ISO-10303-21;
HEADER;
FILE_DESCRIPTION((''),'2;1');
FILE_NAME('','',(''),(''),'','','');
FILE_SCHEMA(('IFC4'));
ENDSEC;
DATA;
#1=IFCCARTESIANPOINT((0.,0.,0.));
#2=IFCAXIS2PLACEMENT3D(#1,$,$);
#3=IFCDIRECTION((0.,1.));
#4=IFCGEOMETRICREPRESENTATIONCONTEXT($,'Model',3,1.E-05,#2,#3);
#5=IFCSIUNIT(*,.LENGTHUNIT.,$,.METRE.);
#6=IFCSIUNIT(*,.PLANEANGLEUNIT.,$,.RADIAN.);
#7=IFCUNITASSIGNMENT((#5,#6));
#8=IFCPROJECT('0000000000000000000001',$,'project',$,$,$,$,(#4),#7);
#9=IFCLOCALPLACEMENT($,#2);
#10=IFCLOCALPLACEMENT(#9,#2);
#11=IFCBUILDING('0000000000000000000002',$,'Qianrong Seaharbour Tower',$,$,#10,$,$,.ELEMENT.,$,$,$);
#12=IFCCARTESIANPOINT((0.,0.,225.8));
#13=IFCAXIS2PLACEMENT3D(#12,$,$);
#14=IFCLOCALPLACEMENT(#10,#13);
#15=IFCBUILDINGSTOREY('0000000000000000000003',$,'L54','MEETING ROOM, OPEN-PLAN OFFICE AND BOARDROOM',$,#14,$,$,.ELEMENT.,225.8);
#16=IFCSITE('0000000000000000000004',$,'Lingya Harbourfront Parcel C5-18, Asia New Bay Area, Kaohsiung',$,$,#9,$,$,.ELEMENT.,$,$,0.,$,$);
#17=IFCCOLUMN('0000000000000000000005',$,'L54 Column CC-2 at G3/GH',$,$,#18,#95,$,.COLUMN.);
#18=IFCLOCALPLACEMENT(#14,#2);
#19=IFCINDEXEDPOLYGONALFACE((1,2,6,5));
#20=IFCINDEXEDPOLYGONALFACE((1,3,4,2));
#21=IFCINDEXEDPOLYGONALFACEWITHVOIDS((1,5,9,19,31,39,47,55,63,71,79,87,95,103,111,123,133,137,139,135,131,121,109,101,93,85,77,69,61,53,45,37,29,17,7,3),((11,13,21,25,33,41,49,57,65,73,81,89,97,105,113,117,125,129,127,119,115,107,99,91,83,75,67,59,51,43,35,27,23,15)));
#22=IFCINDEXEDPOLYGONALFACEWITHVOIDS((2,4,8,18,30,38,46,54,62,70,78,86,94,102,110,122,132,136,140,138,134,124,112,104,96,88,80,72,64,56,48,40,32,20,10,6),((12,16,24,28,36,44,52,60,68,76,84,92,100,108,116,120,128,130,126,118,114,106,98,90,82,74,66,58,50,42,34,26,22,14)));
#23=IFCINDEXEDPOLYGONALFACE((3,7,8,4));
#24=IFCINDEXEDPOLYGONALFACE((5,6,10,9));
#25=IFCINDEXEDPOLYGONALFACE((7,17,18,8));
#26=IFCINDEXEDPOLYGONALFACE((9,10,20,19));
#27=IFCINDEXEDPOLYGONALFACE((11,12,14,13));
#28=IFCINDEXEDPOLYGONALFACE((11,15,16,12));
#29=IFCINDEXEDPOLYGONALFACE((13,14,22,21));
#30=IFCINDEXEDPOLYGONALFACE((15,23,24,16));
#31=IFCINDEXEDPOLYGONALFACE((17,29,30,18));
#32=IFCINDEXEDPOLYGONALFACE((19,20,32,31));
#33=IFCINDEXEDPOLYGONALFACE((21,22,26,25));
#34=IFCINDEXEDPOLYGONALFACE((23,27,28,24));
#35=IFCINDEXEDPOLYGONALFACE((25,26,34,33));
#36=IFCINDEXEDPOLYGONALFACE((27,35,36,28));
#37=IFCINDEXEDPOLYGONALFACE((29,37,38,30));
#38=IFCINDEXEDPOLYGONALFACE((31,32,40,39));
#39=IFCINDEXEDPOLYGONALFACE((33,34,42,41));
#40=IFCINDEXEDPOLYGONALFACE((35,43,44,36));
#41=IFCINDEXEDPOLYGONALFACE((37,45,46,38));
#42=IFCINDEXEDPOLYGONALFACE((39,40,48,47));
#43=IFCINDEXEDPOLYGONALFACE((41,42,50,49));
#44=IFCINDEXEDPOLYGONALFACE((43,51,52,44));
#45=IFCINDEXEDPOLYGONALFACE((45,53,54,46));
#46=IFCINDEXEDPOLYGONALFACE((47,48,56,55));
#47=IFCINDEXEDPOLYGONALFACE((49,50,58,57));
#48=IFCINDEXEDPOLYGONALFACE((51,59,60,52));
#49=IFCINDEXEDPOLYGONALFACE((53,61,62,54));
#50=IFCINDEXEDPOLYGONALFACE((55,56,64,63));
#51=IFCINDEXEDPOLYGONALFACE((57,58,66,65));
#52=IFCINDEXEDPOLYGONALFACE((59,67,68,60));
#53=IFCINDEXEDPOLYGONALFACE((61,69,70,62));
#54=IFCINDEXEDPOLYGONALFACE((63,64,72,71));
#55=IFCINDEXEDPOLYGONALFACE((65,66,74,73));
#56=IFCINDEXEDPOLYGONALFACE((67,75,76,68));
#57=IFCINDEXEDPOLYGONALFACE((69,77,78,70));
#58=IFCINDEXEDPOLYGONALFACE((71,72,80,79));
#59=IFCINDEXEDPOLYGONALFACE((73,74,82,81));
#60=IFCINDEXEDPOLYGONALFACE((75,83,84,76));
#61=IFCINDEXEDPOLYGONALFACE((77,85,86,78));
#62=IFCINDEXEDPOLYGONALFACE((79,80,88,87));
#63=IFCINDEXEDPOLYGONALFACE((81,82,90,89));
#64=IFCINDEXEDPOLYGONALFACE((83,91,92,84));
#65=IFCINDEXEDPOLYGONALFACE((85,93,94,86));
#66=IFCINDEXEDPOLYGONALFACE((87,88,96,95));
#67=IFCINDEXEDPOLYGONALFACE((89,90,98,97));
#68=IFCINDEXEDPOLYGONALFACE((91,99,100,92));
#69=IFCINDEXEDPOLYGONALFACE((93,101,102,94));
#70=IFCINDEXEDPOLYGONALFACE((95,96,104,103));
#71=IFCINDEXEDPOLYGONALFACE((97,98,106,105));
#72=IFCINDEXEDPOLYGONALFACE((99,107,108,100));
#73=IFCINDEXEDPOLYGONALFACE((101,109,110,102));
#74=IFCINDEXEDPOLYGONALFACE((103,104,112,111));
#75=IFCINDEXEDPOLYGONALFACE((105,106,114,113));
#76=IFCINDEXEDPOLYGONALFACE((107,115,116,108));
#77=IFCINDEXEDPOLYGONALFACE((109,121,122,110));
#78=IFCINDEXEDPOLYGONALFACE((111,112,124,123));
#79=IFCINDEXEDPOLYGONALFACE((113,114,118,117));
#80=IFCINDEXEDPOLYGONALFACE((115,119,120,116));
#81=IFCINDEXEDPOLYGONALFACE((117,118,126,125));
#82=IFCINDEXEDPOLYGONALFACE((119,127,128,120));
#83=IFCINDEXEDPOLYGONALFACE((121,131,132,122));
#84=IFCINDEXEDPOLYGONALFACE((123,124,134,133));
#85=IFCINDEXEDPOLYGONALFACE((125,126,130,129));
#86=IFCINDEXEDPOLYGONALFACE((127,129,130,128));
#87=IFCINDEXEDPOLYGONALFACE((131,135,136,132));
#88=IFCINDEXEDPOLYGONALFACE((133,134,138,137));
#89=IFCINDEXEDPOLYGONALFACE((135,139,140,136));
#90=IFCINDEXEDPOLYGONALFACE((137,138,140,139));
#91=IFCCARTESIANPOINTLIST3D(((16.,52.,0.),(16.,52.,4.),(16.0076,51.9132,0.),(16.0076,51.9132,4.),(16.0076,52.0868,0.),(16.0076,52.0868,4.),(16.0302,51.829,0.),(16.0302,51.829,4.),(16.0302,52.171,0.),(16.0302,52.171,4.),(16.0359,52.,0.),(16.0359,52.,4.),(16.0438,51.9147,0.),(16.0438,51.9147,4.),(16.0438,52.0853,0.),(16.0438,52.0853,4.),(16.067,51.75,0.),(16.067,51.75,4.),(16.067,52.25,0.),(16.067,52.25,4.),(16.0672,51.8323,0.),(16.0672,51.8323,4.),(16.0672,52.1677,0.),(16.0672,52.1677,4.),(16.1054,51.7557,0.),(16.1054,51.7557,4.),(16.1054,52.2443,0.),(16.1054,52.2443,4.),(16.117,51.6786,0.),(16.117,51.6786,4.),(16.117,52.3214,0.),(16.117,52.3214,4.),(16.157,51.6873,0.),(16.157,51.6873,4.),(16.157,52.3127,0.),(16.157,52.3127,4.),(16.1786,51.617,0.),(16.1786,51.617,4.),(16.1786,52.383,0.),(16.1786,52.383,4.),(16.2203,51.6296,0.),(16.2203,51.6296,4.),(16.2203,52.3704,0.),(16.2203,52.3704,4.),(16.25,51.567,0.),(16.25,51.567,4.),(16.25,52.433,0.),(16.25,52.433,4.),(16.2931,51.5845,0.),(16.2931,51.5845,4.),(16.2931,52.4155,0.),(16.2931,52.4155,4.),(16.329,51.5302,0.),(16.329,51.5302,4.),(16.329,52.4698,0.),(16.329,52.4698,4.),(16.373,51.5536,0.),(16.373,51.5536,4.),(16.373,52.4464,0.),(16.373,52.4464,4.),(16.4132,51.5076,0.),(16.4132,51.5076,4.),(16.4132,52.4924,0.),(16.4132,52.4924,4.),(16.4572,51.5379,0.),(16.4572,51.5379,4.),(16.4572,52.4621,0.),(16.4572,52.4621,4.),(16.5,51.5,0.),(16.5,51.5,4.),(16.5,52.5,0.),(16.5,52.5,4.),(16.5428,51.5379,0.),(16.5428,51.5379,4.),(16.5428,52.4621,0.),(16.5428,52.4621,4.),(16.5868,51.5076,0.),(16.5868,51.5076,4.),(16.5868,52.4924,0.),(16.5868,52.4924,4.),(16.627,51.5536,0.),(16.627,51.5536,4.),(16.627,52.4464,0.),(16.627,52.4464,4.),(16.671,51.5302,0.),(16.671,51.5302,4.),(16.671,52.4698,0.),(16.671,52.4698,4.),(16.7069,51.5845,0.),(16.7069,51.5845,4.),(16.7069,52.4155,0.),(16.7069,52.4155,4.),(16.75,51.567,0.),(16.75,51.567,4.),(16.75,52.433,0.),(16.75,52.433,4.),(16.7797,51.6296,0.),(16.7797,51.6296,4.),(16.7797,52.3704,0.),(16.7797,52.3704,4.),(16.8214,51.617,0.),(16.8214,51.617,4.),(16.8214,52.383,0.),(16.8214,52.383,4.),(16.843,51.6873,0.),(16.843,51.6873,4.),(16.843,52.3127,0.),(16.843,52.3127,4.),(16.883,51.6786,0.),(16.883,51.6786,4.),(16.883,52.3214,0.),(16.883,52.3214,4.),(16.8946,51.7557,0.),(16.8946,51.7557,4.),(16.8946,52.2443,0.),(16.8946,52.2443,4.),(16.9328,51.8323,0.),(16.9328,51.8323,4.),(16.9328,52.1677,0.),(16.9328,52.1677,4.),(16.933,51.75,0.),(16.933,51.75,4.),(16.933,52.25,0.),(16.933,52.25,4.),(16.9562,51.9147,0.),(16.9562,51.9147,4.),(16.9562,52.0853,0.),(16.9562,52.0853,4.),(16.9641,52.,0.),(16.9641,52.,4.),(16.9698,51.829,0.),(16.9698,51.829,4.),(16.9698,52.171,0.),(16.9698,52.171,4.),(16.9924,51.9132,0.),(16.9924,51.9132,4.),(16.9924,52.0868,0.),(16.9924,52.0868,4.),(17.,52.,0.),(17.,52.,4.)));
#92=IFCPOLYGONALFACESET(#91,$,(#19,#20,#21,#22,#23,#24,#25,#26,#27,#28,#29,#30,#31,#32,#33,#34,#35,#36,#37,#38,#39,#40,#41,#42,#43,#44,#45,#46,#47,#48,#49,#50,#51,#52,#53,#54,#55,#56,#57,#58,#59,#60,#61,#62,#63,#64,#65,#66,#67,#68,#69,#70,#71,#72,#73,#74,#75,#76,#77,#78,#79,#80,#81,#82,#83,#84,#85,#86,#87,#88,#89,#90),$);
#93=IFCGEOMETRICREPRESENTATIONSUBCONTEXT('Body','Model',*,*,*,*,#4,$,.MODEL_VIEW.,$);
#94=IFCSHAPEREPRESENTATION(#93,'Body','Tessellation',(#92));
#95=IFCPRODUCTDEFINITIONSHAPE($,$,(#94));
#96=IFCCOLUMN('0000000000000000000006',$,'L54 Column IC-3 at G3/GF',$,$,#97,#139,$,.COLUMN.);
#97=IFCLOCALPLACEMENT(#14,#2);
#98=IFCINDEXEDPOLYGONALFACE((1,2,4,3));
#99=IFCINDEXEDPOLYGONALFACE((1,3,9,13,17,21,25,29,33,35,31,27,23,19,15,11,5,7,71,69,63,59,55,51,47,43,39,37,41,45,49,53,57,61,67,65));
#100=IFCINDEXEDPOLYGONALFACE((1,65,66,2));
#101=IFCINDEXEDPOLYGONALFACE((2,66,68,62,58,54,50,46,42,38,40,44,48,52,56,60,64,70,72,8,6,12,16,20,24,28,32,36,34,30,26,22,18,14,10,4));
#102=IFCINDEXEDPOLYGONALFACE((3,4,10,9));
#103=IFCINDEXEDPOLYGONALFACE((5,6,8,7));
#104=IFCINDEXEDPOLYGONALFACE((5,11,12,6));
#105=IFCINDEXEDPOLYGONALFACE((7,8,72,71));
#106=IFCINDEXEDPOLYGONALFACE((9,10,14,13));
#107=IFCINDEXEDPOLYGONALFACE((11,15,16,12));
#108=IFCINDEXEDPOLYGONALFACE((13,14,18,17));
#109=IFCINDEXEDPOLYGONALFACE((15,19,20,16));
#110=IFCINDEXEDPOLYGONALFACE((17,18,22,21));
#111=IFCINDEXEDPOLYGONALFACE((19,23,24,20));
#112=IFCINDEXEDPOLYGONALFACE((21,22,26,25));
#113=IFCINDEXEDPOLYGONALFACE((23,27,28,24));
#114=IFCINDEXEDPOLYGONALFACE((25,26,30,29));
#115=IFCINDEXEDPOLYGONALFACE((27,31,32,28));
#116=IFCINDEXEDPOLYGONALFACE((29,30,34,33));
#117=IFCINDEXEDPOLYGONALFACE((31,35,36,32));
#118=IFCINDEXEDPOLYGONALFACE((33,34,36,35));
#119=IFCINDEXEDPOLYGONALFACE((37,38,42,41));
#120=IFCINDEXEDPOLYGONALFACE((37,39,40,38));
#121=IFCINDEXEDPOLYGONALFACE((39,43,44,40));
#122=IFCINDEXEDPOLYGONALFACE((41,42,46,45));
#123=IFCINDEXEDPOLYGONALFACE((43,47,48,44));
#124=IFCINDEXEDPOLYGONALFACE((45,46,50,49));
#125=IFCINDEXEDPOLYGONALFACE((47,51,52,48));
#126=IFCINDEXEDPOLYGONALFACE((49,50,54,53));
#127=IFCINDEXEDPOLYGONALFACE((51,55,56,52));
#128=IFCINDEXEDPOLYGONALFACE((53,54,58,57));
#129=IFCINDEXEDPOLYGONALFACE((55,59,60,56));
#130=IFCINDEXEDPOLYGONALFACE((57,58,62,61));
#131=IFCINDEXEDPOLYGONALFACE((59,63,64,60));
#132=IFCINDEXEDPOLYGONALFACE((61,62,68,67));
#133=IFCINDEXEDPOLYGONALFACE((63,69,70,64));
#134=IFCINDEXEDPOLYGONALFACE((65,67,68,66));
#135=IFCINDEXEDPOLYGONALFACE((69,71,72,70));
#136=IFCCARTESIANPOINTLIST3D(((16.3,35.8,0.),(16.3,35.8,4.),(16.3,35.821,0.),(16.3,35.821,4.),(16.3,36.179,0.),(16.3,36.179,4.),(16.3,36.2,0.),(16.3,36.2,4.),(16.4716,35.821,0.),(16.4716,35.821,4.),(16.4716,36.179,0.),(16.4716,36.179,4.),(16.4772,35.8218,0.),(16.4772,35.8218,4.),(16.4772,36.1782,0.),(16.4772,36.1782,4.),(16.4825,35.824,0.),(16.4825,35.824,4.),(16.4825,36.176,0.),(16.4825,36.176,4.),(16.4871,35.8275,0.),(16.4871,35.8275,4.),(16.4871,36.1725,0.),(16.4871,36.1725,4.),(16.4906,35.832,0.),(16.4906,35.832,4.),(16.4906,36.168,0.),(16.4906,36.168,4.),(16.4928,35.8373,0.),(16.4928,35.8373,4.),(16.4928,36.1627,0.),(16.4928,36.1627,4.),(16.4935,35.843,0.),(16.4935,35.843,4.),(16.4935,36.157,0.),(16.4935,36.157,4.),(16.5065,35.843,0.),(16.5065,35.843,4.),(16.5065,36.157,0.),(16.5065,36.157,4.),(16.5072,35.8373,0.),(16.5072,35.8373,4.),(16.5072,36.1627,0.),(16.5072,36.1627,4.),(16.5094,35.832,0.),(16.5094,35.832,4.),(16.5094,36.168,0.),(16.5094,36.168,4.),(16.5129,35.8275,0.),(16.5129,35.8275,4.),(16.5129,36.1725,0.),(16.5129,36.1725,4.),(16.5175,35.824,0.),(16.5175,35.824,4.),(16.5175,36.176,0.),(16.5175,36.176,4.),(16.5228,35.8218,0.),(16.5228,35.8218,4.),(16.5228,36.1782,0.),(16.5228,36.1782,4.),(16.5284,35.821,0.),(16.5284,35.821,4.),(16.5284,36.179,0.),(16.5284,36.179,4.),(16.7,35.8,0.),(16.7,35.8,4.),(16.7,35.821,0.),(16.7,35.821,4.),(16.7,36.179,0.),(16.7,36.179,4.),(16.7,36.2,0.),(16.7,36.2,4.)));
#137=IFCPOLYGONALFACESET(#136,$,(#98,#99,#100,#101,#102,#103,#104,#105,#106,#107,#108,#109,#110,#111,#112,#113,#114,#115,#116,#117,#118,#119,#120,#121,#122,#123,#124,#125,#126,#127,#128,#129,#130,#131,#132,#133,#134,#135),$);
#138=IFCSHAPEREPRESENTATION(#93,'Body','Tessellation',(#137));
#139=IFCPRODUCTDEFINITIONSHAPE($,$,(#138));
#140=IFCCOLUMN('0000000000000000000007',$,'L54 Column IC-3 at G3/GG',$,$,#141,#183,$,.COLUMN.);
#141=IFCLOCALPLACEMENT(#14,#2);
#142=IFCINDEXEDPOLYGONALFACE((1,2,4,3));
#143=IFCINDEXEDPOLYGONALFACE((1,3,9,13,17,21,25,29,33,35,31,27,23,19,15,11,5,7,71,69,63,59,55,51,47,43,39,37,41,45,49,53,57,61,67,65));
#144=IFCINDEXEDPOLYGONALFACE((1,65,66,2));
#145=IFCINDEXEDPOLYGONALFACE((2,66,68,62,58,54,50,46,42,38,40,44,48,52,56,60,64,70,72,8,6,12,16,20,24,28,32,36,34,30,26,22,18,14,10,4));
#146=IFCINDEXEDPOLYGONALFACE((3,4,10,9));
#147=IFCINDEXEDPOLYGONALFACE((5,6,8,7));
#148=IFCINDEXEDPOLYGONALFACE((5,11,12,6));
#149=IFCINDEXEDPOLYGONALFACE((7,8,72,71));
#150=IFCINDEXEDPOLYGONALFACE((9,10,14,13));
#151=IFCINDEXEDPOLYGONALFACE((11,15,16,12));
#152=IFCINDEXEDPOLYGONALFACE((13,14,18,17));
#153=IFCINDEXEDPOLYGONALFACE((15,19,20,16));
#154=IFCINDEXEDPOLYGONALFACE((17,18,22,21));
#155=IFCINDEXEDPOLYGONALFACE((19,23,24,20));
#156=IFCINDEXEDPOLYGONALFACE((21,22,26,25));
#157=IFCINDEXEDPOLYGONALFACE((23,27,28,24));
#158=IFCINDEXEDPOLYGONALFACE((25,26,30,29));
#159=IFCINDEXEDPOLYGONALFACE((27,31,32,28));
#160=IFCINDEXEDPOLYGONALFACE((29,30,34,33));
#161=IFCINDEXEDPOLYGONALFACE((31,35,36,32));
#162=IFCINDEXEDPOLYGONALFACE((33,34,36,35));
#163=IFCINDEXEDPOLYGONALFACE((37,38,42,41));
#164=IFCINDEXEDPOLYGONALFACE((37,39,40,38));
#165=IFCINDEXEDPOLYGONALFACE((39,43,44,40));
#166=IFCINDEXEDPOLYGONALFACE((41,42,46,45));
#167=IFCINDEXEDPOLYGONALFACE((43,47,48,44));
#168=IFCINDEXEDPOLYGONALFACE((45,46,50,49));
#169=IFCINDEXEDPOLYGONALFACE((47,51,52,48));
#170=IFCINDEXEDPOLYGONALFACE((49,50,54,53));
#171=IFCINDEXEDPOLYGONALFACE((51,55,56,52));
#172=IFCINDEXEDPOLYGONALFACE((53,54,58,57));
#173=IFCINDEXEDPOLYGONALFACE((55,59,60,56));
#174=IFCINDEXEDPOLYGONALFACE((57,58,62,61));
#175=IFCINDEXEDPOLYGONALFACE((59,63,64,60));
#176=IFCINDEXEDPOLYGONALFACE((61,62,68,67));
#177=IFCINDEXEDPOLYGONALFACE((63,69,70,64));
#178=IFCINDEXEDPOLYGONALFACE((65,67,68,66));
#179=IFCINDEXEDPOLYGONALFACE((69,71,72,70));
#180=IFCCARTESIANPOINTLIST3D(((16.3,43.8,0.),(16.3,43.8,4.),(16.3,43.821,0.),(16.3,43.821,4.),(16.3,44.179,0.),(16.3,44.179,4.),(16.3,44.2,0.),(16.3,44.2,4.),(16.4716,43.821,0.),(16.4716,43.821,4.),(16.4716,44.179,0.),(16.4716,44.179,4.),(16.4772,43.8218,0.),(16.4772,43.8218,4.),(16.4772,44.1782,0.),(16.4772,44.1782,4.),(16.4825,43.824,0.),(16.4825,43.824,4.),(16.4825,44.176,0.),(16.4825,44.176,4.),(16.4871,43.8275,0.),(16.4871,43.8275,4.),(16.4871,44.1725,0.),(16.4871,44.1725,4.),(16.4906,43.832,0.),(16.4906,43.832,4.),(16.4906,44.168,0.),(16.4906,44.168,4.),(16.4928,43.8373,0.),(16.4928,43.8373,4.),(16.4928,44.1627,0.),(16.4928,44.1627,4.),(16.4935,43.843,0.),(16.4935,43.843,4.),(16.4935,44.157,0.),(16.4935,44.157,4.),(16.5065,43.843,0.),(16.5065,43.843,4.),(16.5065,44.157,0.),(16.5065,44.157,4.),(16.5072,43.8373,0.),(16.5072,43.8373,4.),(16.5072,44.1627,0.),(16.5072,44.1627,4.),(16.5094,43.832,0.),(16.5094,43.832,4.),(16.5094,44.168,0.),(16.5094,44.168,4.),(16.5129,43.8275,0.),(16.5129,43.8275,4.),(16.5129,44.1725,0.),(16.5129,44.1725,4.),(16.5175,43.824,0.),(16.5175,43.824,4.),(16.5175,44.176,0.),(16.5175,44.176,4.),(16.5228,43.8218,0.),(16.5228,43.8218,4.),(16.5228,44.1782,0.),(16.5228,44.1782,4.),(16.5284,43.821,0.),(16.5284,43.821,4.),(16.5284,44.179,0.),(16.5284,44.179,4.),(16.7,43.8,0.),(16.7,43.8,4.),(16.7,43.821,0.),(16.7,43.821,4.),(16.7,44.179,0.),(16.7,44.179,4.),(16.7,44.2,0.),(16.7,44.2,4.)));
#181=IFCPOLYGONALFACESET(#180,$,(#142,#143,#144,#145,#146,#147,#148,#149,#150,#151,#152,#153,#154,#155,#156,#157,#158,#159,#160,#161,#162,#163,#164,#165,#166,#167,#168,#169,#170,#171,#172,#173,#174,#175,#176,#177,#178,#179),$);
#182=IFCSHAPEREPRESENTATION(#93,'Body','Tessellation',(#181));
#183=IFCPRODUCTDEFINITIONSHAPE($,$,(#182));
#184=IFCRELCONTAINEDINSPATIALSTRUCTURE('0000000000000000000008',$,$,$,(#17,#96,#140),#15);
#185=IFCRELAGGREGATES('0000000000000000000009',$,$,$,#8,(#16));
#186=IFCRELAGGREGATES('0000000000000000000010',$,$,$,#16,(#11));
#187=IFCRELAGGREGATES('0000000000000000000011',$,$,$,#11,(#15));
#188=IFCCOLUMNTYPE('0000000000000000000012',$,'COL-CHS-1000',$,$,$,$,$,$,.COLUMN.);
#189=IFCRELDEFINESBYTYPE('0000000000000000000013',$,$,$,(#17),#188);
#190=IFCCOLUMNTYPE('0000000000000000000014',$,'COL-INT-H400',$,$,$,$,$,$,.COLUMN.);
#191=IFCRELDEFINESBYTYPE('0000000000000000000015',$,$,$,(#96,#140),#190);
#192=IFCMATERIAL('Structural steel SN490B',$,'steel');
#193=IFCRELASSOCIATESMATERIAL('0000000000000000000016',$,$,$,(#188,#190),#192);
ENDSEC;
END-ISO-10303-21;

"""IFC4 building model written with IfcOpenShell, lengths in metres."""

from ifc_helpers import new_model, si_unit, direction, frame, origin, origin_2d, place, context, subcontext, project, spatial, hollow_circle, i_section, extrude, material, material_profile, profile_set, type_object, element, save


model = new_model("IFC4")

# Units and contexts
model_context = context("Model", 3, precision=1e-05, world=origin(), true_north=direction((0.0, 1.0)))
body_context = subcontext(model_context, "Body", "Model", "MODEL_VIEW")
ifc_project = project(units=[si_unit("LENGTHUNIT", "METRE"), si_unit("PLANEANGLEUNIT", "RADIAN")], contexts=[model_context])

# Site, building, storey
site_placement = place(None, origin())
site = spatial("IfcSite", under=ifc_project, at=site_placement, Name="Lingya Harbourfront Parcel C5-18, Asia New Bay Area, Kaohsiung", CompositionType="ELEMENT", RefElevation=0.0)
building_placement = place(site_placement, origin())
building = spatial("IfcBuilding", under=site, at=building_placement, Name="Qianrong Seaharbour Tower", CompositionType="ELEMENT")
storey_placement = place(building_placement, frame((0.0, 0.0, 225.8)))
storey = spatial("IfcBuildingStorey", under=building, at=storey_placement, Name="L54", Description="MEETING ROOM, OPEN-PLAN OFFICE AND BOARDROOM", CompositionType="ELEMENT", Elevation=225.8)

# Columns
ifc_material_1 = material(Name="Structural steel SN490B", Category="steel")
ifc_material_profile_1 = material_profile(ifc_material_1, hollow_circle(Radius=0.5, WallThickness=0.0359, at=origin_2d()), Name="CHS1000x36")
ifc_profile_set_1 = profile_set([ifc_material_profile_1], Name="Structural steel SN490B")
column_type_1 = type_object("IfcColumnType", Name="COL-CHS-1000", PredefinedType="COLUMN", material=ifc_profile_set_1)
column_placement = place(storey_placement, frame((16.5, 52.0, 0.0), z_axis=(0.0, 0.0, 1.0), x_axis=(1.0, 0.0, 0.0)))
element("IfcColumn", 1, at=column_placement, inside=storey, type_object=column_type_1, Name="L54 Column CC-2 at G3/GH", PredefinedType="COLUMN", context=body_context, shape_type="SweptSolid", body=[
    extrude(hollow_circle(Radius=0.5, WallThickness=0.0359, at=origin_2d()), origin(), (0.0, 0.0, 1.0), 4.0),
])
ifc_material_profile_2 = material_profile(ifc_material_1, i_section(OverallWidth=0.3999, OverallDepth=0.3999, WebThickness=0.0129, FlangeThickness=0.021, FilletRadius=0.022, at=origin_2d()), Name="H400x400x13x21")
ifc_profile_set_2 = profile_set([ifc_material_profile_2], Name="Structural steel SN490B")
column_type_2 = type_object("IfcColumnType", Name="COL-INT-H400", PredefinedType="COLUMN", material=ifc_profile_set_2)
for number, where, z_axis, x_axis, name in (
    (2, (16.5, 36.0, 0.0), (0.0, 0.0, 1.0), (1.0, 0.0, 0.0), "L54 Column IC-3 at G3/GF"),
    (3, (16.5, 44.0, 0.0), (0.0, 0.0, 1.0), (1.0, 0.0, 0.0), "L54 Column IC-3 at G3/GG"),
):
    element("IfcColumn", number, at=place(storey_placement, frame(where, z_axis=z_axis, x_axis=x_axis)), inside=storey, type_object=column_type_2, Name=name, PredefinedType="COLUMN", context=body_context, shape_type="SweptSolid", body=[
        extrude(i_section(OverallWidth=0.3999, OverallDepth=0.3999, WebThickness=0.0129, FlangeThickness=0.021, FilletRadius=0.022, at=origin_2d()), origin(), (0.0, 0.0, 1.0), 4.0),
    ])

save(model, "model.ifc")
